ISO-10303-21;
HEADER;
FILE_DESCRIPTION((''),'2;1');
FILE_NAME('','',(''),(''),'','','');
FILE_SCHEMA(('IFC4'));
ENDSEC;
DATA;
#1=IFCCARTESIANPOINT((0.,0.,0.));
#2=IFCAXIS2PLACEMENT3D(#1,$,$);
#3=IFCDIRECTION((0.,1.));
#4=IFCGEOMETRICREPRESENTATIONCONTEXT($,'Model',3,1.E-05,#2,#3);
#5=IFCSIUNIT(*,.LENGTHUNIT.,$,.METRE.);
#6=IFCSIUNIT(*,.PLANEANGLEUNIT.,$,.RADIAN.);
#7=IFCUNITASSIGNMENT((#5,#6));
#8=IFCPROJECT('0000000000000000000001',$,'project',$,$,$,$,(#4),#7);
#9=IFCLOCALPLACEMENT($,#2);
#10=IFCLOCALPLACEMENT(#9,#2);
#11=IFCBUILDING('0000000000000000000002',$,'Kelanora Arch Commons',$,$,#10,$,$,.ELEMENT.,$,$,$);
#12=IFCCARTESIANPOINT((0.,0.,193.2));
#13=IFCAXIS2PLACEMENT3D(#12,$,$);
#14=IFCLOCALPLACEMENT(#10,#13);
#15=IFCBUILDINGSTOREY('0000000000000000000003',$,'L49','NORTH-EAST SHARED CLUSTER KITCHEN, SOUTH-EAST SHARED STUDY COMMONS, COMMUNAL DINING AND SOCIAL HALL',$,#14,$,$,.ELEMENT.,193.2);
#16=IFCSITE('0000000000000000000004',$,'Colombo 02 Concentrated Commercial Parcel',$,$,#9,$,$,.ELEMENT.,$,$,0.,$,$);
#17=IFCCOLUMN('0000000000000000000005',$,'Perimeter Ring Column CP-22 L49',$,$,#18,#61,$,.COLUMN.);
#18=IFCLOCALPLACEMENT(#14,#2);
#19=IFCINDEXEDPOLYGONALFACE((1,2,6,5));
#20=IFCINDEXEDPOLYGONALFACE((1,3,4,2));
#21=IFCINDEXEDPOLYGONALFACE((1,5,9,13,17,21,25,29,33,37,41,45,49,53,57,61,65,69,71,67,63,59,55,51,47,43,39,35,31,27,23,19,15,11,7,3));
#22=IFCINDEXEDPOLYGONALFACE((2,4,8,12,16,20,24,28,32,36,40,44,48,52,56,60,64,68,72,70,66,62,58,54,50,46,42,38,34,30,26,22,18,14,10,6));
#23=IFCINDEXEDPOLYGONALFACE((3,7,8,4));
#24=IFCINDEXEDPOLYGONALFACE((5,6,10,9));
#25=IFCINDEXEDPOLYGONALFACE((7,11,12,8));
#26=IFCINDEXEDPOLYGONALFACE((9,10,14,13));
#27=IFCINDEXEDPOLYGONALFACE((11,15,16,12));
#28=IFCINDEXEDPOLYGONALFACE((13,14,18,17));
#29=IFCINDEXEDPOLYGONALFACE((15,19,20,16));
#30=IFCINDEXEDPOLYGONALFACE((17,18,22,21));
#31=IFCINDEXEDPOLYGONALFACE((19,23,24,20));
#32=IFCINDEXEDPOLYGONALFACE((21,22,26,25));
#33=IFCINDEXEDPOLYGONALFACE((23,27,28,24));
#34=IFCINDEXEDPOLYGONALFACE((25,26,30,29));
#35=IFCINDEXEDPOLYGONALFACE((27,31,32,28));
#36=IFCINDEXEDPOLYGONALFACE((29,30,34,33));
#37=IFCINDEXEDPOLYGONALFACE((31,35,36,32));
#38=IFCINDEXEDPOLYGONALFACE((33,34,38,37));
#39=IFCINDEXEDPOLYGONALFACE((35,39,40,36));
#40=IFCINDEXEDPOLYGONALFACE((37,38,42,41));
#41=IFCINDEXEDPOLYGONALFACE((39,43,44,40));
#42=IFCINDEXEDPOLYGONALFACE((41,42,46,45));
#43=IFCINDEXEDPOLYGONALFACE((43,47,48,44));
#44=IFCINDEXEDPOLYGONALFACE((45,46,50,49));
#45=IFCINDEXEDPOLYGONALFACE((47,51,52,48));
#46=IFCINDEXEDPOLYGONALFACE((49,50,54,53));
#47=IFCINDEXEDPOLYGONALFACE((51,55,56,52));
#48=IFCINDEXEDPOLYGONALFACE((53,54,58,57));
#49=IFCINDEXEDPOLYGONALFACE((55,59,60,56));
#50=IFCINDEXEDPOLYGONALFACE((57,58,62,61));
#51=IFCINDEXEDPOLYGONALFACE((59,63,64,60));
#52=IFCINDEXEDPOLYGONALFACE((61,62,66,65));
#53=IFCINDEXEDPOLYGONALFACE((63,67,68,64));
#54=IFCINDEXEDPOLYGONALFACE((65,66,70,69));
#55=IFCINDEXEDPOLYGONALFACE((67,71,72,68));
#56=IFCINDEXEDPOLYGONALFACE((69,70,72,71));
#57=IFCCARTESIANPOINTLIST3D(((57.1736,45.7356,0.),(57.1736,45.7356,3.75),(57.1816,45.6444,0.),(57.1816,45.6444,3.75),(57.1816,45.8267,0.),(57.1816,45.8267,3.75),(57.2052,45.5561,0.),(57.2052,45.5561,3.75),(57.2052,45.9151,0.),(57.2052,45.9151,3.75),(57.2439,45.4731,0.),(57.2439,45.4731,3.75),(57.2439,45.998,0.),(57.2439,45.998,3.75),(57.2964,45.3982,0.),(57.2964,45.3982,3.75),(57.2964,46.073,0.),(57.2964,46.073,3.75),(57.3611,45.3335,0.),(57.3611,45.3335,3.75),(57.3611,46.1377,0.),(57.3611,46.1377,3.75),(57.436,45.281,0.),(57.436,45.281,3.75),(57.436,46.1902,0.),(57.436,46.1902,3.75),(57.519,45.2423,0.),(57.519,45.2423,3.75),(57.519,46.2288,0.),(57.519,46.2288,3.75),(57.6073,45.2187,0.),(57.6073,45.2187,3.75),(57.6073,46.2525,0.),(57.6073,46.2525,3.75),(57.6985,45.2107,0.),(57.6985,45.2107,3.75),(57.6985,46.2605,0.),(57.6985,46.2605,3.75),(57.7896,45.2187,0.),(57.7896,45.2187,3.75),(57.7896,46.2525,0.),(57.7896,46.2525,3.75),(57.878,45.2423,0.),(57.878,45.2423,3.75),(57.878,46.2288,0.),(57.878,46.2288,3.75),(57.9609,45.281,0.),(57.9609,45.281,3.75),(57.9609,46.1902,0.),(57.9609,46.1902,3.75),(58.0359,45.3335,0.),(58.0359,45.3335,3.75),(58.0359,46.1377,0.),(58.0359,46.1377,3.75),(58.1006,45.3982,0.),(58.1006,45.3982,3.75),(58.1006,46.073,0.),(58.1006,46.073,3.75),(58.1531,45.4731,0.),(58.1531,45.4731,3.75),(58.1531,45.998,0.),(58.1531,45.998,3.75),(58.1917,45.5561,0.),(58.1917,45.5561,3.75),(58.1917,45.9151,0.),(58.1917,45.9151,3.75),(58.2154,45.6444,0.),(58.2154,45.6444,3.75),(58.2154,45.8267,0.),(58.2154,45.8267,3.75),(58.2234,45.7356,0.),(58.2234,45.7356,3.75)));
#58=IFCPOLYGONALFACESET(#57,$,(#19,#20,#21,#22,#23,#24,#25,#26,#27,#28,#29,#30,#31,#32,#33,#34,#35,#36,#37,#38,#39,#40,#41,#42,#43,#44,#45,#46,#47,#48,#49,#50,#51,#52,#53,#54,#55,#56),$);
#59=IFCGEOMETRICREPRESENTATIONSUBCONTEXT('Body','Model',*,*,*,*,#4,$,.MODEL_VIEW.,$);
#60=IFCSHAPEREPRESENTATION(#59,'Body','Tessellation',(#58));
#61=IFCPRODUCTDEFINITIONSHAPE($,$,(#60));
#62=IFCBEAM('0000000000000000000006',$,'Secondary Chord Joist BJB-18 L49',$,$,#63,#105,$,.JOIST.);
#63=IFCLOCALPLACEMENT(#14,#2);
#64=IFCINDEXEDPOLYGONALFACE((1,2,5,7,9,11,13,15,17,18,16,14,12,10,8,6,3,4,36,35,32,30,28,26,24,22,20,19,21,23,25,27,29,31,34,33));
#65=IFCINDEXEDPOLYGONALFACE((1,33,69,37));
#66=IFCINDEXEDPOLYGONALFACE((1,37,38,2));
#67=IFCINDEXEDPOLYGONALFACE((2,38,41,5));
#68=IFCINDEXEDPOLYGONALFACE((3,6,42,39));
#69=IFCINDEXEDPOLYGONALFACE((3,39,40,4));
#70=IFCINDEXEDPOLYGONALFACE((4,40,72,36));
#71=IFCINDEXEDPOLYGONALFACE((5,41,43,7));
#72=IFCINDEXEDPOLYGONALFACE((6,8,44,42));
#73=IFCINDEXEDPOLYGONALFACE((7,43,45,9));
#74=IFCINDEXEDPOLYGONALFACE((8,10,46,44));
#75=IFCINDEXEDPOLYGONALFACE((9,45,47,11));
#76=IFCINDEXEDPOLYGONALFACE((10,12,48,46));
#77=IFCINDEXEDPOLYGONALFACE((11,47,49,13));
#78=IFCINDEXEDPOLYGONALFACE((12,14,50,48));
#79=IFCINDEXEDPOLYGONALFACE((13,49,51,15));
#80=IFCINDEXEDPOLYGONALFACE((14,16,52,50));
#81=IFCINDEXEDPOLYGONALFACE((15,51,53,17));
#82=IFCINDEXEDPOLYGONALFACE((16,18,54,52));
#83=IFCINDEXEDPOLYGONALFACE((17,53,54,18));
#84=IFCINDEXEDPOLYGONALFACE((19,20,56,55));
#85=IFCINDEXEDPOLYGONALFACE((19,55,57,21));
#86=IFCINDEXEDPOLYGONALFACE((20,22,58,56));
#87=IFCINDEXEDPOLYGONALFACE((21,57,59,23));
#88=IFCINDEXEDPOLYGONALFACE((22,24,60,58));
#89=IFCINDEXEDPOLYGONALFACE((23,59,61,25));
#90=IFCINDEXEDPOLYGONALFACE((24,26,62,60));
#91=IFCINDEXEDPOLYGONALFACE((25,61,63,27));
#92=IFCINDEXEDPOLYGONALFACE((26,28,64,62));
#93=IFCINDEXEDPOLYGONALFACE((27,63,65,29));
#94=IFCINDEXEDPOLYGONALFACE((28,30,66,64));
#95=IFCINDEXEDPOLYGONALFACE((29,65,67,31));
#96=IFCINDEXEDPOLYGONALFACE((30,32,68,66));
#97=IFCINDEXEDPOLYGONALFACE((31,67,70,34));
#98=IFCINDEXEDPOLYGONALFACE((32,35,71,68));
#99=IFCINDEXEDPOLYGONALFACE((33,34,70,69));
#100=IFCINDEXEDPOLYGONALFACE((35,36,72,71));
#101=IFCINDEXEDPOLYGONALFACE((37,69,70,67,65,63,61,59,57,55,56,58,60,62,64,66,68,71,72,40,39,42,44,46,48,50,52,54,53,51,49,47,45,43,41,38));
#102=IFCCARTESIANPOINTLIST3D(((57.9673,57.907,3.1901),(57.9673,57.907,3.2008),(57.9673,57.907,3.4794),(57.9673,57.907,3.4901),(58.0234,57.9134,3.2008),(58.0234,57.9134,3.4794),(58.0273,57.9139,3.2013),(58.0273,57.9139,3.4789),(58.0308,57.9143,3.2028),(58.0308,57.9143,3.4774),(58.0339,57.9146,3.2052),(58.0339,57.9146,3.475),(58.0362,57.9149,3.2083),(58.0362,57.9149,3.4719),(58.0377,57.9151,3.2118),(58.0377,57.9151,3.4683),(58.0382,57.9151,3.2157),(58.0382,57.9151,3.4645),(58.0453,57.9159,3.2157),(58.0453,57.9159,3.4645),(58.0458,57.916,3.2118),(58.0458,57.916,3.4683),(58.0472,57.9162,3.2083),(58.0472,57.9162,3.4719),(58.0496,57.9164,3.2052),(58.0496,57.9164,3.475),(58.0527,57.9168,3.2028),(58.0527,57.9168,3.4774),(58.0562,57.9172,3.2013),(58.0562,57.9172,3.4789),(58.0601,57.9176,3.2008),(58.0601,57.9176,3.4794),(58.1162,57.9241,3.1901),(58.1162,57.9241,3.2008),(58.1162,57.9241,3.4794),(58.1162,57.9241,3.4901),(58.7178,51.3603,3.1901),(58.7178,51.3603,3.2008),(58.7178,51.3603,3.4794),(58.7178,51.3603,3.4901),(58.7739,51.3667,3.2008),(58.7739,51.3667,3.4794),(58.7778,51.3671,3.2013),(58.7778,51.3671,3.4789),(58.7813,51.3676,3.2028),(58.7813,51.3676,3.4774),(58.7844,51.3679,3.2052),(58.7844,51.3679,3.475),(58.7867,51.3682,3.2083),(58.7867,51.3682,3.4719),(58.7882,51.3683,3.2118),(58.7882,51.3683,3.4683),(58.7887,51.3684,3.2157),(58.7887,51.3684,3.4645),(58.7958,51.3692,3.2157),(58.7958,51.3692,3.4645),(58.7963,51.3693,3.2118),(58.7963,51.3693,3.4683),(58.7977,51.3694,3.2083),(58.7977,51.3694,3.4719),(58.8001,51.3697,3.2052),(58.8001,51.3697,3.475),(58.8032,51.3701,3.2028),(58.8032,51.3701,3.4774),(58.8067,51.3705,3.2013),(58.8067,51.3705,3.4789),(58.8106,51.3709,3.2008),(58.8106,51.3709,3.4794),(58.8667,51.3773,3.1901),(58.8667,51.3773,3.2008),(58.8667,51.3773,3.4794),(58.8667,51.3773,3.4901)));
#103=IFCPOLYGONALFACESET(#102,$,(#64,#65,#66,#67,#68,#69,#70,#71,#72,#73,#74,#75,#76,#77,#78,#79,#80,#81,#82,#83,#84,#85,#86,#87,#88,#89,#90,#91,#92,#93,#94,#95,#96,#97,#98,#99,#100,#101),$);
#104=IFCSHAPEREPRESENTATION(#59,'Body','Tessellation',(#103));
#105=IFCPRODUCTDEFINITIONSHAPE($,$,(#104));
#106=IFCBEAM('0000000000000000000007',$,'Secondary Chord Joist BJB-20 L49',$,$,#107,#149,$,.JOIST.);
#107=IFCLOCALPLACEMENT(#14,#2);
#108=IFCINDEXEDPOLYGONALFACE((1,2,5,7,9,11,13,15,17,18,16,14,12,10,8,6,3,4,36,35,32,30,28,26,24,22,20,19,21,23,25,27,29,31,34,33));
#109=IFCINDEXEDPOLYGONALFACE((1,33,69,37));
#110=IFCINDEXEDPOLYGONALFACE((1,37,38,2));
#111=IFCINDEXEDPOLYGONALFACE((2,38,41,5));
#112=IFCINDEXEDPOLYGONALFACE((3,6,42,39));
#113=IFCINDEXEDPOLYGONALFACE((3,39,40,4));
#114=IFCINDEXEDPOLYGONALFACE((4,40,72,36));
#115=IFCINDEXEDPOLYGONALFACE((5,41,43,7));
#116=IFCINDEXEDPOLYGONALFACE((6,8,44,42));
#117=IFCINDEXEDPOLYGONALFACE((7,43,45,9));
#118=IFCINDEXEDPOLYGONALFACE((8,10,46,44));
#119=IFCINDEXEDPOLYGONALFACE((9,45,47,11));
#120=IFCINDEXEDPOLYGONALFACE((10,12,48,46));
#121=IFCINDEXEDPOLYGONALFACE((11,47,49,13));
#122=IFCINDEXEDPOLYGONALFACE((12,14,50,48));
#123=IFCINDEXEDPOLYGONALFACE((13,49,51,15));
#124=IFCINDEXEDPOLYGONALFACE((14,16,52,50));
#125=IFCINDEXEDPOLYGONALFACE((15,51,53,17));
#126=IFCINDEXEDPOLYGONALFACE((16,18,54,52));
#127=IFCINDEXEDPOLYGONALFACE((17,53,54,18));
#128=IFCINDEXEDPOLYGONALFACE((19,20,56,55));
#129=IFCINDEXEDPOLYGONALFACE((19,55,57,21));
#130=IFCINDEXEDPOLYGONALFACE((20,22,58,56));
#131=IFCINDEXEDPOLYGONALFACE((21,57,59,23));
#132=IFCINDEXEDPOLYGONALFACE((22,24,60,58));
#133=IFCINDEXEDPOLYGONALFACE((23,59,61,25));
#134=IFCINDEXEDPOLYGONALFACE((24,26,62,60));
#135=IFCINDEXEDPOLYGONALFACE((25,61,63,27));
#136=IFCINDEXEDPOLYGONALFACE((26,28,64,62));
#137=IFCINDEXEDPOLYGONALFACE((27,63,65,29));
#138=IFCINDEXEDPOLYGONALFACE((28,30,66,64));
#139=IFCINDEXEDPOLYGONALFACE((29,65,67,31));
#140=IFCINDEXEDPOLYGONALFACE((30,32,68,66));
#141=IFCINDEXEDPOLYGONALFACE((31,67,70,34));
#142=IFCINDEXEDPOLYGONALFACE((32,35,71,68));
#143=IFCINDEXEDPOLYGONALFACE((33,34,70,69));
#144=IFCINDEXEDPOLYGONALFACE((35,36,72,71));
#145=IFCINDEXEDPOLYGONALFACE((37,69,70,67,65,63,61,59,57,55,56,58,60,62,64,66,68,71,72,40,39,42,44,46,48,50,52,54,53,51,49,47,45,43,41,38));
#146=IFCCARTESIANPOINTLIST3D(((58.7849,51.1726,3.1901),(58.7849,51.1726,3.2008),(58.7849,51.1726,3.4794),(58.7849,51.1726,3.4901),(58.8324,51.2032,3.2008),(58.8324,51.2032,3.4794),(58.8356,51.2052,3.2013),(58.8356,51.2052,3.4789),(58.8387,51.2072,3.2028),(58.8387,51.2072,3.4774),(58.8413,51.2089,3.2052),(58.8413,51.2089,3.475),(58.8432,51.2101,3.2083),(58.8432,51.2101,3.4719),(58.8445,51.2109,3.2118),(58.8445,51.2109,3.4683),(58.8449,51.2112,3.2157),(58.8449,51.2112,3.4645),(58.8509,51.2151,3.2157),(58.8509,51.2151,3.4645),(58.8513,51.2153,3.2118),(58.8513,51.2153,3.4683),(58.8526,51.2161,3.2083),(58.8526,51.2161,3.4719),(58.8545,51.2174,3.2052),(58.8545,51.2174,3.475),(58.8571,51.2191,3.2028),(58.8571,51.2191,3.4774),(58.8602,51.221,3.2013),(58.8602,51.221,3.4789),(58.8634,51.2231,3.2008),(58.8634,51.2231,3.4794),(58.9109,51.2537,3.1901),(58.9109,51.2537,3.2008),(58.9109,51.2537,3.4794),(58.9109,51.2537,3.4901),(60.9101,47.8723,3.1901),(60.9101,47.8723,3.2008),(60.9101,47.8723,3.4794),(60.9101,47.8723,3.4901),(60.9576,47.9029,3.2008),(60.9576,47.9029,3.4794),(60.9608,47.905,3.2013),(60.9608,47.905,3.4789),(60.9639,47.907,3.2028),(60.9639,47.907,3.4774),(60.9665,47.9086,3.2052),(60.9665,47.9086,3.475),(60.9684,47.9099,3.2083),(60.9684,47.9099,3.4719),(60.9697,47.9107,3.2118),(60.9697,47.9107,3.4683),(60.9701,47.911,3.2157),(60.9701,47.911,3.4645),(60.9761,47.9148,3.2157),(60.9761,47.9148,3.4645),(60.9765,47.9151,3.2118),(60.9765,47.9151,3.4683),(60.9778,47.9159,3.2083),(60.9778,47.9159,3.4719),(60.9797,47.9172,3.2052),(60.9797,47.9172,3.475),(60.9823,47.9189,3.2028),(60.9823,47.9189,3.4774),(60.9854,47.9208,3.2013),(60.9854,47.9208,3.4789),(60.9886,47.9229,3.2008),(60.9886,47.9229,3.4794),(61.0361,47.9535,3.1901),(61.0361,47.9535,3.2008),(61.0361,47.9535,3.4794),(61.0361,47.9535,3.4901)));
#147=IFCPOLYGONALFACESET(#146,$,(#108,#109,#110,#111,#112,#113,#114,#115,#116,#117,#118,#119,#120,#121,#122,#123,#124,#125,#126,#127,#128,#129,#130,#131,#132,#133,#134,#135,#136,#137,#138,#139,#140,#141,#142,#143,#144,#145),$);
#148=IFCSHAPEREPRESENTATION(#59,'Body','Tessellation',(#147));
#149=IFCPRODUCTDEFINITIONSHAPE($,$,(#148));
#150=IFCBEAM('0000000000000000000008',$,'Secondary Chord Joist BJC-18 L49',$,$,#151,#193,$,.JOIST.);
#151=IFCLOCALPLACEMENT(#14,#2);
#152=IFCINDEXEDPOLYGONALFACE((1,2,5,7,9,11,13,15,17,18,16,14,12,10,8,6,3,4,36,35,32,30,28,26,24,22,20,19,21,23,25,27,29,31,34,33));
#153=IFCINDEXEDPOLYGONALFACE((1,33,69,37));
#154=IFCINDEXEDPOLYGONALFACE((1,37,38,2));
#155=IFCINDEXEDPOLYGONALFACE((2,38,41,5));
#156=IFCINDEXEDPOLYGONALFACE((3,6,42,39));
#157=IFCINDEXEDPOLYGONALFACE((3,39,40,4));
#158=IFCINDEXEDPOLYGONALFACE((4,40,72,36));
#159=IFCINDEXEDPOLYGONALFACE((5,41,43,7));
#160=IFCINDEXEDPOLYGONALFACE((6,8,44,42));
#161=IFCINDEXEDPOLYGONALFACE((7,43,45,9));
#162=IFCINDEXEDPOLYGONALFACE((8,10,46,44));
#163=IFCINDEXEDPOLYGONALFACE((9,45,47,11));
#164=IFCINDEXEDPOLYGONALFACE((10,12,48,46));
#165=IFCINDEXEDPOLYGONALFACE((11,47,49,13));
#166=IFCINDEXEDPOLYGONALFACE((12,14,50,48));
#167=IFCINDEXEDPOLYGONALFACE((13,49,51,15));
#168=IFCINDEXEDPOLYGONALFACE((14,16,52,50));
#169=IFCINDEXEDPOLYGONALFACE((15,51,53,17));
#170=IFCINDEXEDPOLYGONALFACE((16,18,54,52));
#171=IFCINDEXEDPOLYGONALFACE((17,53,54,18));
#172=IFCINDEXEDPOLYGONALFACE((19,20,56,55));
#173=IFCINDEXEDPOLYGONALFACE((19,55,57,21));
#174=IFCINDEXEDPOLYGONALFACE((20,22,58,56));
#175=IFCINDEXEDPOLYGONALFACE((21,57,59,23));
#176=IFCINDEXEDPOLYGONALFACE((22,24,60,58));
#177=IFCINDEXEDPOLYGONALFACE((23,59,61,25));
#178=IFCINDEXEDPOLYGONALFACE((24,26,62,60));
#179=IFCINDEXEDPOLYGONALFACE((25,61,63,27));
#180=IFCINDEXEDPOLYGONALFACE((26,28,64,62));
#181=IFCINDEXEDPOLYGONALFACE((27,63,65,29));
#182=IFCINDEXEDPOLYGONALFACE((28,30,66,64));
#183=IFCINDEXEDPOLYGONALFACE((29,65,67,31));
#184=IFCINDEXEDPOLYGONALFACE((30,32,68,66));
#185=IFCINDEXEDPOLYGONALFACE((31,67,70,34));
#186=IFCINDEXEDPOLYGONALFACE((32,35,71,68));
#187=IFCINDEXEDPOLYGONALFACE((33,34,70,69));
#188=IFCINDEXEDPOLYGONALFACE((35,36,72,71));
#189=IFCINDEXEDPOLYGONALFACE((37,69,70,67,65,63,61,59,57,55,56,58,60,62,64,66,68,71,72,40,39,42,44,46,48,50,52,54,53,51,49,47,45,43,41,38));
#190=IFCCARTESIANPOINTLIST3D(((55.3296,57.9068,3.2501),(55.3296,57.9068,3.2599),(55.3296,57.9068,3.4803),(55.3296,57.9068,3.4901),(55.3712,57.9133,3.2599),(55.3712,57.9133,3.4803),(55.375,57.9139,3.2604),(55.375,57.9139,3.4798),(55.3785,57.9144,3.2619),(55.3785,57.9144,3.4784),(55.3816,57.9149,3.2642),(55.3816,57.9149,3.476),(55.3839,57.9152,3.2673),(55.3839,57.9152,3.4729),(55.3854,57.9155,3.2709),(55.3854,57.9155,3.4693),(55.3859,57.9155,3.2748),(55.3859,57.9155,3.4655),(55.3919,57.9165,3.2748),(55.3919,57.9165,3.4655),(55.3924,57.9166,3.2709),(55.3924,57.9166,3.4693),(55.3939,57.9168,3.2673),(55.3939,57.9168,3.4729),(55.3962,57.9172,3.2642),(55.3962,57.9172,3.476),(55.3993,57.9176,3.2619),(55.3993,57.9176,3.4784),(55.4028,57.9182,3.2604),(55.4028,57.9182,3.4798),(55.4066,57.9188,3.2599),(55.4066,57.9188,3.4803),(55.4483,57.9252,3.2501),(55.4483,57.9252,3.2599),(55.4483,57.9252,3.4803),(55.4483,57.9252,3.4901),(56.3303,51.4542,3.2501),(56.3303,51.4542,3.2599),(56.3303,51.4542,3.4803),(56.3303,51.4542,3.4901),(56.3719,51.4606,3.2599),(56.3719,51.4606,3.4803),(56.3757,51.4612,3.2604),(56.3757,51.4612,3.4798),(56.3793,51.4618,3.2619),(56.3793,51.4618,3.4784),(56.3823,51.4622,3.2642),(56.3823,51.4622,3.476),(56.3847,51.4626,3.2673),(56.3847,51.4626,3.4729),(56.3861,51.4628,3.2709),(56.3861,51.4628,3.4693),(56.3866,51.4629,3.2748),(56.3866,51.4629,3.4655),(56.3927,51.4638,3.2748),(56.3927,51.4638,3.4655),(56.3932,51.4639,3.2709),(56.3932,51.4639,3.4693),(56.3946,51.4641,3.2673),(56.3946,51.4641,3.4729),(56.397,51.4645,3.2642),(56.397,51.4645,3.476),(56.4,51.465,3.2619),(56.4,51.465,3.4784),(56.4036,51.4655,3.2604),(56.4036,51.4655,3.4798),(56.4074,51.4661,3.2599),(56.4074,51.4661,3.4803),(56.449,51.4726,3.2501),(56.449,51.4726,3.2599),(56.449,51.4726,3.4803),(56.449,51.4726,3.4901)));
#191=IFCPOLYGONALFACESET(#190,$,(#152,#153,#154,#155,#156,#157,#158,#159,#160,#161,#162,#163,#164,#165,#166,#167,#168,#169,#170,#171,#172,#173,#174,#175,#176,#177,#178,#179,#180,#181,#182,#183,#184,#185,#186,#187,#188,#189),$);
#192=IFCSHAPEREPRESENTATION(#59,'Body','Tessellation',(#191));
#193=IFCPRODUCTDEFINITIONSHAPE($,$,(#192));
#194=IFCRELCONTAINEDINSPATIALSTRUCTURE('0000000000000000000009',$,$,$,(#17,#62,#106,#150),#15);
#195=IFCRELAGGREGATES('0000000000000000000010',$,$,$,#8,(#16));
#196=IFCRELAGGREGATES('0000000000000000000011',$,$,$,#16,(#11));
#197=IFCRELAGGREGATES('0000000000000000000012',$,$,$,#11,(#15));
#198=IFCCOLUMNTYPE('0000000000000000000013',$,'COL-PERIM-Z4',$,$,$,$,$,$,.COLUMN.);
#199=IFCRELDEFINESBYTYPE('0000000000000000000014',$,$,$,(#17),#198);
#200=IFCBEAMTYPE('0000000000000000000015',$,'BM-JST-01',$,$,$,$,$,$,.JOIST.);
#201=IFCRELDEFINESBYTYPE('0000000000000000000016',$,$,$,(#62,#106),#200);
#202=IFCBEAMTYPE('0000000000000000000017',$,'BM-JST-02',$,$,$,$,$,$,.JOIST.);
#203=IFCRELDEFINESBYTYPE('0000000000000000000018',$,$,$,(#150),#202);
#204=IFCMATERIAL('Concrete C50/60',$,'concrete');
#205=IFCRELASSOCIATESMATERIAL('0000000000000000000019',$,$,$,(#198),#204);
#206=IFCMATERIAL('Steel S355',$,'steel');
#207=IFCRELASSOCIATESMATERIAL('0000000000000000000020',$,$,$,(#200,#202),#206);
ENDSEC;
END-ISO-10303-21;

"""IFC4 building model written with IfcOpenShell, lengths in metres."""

from ifc_helpers import new_model, si_unit, direction, frame, origin, origin_2d, place, context, subcontext, project, spatial, circle, i_section, extrude, material, material_profile, profile_set, type_object, element, save


model = new_model("IFC4")

# Units and contexts
model_context = context("Model", 3, precision=1e-05, world=origin(), true_north=direction((0.0, 1.0)))
body_context = subcontext(model_context, "Body", "Model", "MODEL_VIEW")
ifc_project = project(units=[si_unit("LENGTHUNIT", "METRE"), si_unit("PLANEANGLEUNIT", "RADIAN")], contexts=[model_context])

# Site, building, storey
site_placement = place(None, origin())
site = spatial("IfcSite", under=ifc_project, at=site_placement, Name="Colombo 02 Concentrated Commercial Parcel", CompositionType="ELEMENT", RefElevation=0.0)
building_placement = place(site_placement, origin())
building = spatial("IfcBuilding", under=site, at=building_placement, Name="Kelanora Arch Commons", CompositionType="ELEMENT")
storey_placement = place(building_placement, frame((0.0, 0.0, 193.2)))
storey = spatial("IfcBuildingStorey", under=building, at=storey_placement, Name="L49", Description="NORTH-EAST SHARED CLUSTER KITCHEN, SOUTH-EAST SHARED STUDY COMMONS, COMMUNAL DINING AND SOCIAL HALL", CompositionType="ELEMENT", Elevation=193.2)

# Column
ifc_material_1 = material(Name="Concrete C50/60", Category="concrete")
ifc_material_profile_1 = material_profile(ifc_material_1, circle(Radius=0.5249, at=origin_2d()), Name="RCC1050")
ifc_profile_set_1 = profile_set([ifc_material_profile_1], Name="Concrete C50/60")
column_type = type_object("IfcColumnType", Name="COL-PERIM-Z4", PredefinedType="COLUMN", material=ifc_profile_set_1)
column_placement = place(storey_placement, frame((57.6985, 45.7356, 0.0), z_axis=(0.0, 0.0, 1.0), x_axis=(1.0, 0.0, 0.0)))
element("IfcColumn", 1, at=column_placement, inside=storey, type_object=column_type, Name="Perimeter Ring Column CP-22 L49", PredefinedType="COLUMN", context=body_context, shape_type="SweptSolid", body=[
    extrude(circle(Radius=0.5249, at=origin_2d()), origin(), (0.0, 0.0, 1.0), 3.75),
])

# Beams
ifc_material_2 = material(Name="Steel S355", Category="steel")
ifc_material_profile_2 = material_profile(ifc_material_2, i_section(OverallWidth=0.1499, OverallDepth=0.3, WebThickness=0.0071, FlangeThickness=0.0107, FilletRadius=0.0149, at=origin_2d()), Name="IPE300")
ifc_profile_set_2 = profile_set([ifc_material_profile_2], Name="Steel S355")
beam_type_1 = type_object("IfcBeamType", Name="BM-JST-01", PredefinedType="JOIST", material=ifc_profile_set_2)
beam_1_placement = place(storey_placement, frame((58.0417, 57.9155, 3.3401), z_axis=(0.113891, -0.993493, 0.0), x_axis=(0.993493, 0.113891, 0.0)))
element("IfcBeam", 2, at=beam_1_placement, inside=storey, type_object=beam_type_1, Name="Secondary Chord Joist BJB-18 L49", PredefinedType="JOIST", context=body_context, shape_type="SweptSolid", body=[
    extrude(i_section(OverallWidth=0.1499, OverallDepth=0.3, WebThickness=0.0071, FlangeThickness=0.0107, FilletRadius=0.0149, at=origin_2d()), origin(), (0.0, 0.0, 1.0), 6.5896),
])
beam_2_placement = place(storey_placement, frame((58.8479, 51.2131, 3.3401), z_axis=(0.541411, -0.840758, 0.0), x_axis=(0.840758, 0.541411, 0.0)))
element("IfcBeam", 3, at=beam_2_placement, inside=storey, type_object=beam_type_1, Name="Secondary Chord Joist BJB-20 L49", PredefinedType="JOIST", context=body_context, shape_type="SweptSolid", body=[
    extrude(i_section(OverallWidth=0.1499, OverallDepth=0.3, WebThickness=0.0071, FlangeThickness=0.0107, FilletRadius=0.0149, at=origin_2d()), origin(), (0.0, 0.0, 1.0), 3.9253),
])
ifc_material_profile_3 = material_profile(ifc_material_2, i_section(OverallWidth=0.1201, OverallDepth=0.24, WebThickness=0.0061, FlangeThickness=0.0098, FilletRadius=0.0149, at=origin_2d()), Name="IPE240")
ifc_profile_set_3 = profile_set([ifc_material_profile_3], Name="Steel S355")
beam_type_2 = type_object("IfcBeamType", Name="BM-JST-02", PredefinedType="JOIST", material=ifc_profile_set_3)
beam_3_placement = place(storey_placement, frame((55.3889, 57.916, 3.3701), z_axis=(0.153257, -0.988186, 0.0), x_axis=(0.988186, 0.153257, 0.0)))
element("IfcBeam", 4, at=beam_3_placement, inside=storey, type_object=beam_type_2, Name="Secondary Chord Joist BJC-18 L49", PredefinedType="JOIST", context=body_context, shape_type="SweptSolid", body=[
    extrude(i_section(OverallWidth=0.1201, OverallDepth=0.24, WebThickness=0.0061, FlangeThickness=0.0098, FilletRadius=0.0149, at=origin_2d()), origin(), (0.0, 0.0, 1.0), 6.5298),
])

save(model, "model.ifc")
